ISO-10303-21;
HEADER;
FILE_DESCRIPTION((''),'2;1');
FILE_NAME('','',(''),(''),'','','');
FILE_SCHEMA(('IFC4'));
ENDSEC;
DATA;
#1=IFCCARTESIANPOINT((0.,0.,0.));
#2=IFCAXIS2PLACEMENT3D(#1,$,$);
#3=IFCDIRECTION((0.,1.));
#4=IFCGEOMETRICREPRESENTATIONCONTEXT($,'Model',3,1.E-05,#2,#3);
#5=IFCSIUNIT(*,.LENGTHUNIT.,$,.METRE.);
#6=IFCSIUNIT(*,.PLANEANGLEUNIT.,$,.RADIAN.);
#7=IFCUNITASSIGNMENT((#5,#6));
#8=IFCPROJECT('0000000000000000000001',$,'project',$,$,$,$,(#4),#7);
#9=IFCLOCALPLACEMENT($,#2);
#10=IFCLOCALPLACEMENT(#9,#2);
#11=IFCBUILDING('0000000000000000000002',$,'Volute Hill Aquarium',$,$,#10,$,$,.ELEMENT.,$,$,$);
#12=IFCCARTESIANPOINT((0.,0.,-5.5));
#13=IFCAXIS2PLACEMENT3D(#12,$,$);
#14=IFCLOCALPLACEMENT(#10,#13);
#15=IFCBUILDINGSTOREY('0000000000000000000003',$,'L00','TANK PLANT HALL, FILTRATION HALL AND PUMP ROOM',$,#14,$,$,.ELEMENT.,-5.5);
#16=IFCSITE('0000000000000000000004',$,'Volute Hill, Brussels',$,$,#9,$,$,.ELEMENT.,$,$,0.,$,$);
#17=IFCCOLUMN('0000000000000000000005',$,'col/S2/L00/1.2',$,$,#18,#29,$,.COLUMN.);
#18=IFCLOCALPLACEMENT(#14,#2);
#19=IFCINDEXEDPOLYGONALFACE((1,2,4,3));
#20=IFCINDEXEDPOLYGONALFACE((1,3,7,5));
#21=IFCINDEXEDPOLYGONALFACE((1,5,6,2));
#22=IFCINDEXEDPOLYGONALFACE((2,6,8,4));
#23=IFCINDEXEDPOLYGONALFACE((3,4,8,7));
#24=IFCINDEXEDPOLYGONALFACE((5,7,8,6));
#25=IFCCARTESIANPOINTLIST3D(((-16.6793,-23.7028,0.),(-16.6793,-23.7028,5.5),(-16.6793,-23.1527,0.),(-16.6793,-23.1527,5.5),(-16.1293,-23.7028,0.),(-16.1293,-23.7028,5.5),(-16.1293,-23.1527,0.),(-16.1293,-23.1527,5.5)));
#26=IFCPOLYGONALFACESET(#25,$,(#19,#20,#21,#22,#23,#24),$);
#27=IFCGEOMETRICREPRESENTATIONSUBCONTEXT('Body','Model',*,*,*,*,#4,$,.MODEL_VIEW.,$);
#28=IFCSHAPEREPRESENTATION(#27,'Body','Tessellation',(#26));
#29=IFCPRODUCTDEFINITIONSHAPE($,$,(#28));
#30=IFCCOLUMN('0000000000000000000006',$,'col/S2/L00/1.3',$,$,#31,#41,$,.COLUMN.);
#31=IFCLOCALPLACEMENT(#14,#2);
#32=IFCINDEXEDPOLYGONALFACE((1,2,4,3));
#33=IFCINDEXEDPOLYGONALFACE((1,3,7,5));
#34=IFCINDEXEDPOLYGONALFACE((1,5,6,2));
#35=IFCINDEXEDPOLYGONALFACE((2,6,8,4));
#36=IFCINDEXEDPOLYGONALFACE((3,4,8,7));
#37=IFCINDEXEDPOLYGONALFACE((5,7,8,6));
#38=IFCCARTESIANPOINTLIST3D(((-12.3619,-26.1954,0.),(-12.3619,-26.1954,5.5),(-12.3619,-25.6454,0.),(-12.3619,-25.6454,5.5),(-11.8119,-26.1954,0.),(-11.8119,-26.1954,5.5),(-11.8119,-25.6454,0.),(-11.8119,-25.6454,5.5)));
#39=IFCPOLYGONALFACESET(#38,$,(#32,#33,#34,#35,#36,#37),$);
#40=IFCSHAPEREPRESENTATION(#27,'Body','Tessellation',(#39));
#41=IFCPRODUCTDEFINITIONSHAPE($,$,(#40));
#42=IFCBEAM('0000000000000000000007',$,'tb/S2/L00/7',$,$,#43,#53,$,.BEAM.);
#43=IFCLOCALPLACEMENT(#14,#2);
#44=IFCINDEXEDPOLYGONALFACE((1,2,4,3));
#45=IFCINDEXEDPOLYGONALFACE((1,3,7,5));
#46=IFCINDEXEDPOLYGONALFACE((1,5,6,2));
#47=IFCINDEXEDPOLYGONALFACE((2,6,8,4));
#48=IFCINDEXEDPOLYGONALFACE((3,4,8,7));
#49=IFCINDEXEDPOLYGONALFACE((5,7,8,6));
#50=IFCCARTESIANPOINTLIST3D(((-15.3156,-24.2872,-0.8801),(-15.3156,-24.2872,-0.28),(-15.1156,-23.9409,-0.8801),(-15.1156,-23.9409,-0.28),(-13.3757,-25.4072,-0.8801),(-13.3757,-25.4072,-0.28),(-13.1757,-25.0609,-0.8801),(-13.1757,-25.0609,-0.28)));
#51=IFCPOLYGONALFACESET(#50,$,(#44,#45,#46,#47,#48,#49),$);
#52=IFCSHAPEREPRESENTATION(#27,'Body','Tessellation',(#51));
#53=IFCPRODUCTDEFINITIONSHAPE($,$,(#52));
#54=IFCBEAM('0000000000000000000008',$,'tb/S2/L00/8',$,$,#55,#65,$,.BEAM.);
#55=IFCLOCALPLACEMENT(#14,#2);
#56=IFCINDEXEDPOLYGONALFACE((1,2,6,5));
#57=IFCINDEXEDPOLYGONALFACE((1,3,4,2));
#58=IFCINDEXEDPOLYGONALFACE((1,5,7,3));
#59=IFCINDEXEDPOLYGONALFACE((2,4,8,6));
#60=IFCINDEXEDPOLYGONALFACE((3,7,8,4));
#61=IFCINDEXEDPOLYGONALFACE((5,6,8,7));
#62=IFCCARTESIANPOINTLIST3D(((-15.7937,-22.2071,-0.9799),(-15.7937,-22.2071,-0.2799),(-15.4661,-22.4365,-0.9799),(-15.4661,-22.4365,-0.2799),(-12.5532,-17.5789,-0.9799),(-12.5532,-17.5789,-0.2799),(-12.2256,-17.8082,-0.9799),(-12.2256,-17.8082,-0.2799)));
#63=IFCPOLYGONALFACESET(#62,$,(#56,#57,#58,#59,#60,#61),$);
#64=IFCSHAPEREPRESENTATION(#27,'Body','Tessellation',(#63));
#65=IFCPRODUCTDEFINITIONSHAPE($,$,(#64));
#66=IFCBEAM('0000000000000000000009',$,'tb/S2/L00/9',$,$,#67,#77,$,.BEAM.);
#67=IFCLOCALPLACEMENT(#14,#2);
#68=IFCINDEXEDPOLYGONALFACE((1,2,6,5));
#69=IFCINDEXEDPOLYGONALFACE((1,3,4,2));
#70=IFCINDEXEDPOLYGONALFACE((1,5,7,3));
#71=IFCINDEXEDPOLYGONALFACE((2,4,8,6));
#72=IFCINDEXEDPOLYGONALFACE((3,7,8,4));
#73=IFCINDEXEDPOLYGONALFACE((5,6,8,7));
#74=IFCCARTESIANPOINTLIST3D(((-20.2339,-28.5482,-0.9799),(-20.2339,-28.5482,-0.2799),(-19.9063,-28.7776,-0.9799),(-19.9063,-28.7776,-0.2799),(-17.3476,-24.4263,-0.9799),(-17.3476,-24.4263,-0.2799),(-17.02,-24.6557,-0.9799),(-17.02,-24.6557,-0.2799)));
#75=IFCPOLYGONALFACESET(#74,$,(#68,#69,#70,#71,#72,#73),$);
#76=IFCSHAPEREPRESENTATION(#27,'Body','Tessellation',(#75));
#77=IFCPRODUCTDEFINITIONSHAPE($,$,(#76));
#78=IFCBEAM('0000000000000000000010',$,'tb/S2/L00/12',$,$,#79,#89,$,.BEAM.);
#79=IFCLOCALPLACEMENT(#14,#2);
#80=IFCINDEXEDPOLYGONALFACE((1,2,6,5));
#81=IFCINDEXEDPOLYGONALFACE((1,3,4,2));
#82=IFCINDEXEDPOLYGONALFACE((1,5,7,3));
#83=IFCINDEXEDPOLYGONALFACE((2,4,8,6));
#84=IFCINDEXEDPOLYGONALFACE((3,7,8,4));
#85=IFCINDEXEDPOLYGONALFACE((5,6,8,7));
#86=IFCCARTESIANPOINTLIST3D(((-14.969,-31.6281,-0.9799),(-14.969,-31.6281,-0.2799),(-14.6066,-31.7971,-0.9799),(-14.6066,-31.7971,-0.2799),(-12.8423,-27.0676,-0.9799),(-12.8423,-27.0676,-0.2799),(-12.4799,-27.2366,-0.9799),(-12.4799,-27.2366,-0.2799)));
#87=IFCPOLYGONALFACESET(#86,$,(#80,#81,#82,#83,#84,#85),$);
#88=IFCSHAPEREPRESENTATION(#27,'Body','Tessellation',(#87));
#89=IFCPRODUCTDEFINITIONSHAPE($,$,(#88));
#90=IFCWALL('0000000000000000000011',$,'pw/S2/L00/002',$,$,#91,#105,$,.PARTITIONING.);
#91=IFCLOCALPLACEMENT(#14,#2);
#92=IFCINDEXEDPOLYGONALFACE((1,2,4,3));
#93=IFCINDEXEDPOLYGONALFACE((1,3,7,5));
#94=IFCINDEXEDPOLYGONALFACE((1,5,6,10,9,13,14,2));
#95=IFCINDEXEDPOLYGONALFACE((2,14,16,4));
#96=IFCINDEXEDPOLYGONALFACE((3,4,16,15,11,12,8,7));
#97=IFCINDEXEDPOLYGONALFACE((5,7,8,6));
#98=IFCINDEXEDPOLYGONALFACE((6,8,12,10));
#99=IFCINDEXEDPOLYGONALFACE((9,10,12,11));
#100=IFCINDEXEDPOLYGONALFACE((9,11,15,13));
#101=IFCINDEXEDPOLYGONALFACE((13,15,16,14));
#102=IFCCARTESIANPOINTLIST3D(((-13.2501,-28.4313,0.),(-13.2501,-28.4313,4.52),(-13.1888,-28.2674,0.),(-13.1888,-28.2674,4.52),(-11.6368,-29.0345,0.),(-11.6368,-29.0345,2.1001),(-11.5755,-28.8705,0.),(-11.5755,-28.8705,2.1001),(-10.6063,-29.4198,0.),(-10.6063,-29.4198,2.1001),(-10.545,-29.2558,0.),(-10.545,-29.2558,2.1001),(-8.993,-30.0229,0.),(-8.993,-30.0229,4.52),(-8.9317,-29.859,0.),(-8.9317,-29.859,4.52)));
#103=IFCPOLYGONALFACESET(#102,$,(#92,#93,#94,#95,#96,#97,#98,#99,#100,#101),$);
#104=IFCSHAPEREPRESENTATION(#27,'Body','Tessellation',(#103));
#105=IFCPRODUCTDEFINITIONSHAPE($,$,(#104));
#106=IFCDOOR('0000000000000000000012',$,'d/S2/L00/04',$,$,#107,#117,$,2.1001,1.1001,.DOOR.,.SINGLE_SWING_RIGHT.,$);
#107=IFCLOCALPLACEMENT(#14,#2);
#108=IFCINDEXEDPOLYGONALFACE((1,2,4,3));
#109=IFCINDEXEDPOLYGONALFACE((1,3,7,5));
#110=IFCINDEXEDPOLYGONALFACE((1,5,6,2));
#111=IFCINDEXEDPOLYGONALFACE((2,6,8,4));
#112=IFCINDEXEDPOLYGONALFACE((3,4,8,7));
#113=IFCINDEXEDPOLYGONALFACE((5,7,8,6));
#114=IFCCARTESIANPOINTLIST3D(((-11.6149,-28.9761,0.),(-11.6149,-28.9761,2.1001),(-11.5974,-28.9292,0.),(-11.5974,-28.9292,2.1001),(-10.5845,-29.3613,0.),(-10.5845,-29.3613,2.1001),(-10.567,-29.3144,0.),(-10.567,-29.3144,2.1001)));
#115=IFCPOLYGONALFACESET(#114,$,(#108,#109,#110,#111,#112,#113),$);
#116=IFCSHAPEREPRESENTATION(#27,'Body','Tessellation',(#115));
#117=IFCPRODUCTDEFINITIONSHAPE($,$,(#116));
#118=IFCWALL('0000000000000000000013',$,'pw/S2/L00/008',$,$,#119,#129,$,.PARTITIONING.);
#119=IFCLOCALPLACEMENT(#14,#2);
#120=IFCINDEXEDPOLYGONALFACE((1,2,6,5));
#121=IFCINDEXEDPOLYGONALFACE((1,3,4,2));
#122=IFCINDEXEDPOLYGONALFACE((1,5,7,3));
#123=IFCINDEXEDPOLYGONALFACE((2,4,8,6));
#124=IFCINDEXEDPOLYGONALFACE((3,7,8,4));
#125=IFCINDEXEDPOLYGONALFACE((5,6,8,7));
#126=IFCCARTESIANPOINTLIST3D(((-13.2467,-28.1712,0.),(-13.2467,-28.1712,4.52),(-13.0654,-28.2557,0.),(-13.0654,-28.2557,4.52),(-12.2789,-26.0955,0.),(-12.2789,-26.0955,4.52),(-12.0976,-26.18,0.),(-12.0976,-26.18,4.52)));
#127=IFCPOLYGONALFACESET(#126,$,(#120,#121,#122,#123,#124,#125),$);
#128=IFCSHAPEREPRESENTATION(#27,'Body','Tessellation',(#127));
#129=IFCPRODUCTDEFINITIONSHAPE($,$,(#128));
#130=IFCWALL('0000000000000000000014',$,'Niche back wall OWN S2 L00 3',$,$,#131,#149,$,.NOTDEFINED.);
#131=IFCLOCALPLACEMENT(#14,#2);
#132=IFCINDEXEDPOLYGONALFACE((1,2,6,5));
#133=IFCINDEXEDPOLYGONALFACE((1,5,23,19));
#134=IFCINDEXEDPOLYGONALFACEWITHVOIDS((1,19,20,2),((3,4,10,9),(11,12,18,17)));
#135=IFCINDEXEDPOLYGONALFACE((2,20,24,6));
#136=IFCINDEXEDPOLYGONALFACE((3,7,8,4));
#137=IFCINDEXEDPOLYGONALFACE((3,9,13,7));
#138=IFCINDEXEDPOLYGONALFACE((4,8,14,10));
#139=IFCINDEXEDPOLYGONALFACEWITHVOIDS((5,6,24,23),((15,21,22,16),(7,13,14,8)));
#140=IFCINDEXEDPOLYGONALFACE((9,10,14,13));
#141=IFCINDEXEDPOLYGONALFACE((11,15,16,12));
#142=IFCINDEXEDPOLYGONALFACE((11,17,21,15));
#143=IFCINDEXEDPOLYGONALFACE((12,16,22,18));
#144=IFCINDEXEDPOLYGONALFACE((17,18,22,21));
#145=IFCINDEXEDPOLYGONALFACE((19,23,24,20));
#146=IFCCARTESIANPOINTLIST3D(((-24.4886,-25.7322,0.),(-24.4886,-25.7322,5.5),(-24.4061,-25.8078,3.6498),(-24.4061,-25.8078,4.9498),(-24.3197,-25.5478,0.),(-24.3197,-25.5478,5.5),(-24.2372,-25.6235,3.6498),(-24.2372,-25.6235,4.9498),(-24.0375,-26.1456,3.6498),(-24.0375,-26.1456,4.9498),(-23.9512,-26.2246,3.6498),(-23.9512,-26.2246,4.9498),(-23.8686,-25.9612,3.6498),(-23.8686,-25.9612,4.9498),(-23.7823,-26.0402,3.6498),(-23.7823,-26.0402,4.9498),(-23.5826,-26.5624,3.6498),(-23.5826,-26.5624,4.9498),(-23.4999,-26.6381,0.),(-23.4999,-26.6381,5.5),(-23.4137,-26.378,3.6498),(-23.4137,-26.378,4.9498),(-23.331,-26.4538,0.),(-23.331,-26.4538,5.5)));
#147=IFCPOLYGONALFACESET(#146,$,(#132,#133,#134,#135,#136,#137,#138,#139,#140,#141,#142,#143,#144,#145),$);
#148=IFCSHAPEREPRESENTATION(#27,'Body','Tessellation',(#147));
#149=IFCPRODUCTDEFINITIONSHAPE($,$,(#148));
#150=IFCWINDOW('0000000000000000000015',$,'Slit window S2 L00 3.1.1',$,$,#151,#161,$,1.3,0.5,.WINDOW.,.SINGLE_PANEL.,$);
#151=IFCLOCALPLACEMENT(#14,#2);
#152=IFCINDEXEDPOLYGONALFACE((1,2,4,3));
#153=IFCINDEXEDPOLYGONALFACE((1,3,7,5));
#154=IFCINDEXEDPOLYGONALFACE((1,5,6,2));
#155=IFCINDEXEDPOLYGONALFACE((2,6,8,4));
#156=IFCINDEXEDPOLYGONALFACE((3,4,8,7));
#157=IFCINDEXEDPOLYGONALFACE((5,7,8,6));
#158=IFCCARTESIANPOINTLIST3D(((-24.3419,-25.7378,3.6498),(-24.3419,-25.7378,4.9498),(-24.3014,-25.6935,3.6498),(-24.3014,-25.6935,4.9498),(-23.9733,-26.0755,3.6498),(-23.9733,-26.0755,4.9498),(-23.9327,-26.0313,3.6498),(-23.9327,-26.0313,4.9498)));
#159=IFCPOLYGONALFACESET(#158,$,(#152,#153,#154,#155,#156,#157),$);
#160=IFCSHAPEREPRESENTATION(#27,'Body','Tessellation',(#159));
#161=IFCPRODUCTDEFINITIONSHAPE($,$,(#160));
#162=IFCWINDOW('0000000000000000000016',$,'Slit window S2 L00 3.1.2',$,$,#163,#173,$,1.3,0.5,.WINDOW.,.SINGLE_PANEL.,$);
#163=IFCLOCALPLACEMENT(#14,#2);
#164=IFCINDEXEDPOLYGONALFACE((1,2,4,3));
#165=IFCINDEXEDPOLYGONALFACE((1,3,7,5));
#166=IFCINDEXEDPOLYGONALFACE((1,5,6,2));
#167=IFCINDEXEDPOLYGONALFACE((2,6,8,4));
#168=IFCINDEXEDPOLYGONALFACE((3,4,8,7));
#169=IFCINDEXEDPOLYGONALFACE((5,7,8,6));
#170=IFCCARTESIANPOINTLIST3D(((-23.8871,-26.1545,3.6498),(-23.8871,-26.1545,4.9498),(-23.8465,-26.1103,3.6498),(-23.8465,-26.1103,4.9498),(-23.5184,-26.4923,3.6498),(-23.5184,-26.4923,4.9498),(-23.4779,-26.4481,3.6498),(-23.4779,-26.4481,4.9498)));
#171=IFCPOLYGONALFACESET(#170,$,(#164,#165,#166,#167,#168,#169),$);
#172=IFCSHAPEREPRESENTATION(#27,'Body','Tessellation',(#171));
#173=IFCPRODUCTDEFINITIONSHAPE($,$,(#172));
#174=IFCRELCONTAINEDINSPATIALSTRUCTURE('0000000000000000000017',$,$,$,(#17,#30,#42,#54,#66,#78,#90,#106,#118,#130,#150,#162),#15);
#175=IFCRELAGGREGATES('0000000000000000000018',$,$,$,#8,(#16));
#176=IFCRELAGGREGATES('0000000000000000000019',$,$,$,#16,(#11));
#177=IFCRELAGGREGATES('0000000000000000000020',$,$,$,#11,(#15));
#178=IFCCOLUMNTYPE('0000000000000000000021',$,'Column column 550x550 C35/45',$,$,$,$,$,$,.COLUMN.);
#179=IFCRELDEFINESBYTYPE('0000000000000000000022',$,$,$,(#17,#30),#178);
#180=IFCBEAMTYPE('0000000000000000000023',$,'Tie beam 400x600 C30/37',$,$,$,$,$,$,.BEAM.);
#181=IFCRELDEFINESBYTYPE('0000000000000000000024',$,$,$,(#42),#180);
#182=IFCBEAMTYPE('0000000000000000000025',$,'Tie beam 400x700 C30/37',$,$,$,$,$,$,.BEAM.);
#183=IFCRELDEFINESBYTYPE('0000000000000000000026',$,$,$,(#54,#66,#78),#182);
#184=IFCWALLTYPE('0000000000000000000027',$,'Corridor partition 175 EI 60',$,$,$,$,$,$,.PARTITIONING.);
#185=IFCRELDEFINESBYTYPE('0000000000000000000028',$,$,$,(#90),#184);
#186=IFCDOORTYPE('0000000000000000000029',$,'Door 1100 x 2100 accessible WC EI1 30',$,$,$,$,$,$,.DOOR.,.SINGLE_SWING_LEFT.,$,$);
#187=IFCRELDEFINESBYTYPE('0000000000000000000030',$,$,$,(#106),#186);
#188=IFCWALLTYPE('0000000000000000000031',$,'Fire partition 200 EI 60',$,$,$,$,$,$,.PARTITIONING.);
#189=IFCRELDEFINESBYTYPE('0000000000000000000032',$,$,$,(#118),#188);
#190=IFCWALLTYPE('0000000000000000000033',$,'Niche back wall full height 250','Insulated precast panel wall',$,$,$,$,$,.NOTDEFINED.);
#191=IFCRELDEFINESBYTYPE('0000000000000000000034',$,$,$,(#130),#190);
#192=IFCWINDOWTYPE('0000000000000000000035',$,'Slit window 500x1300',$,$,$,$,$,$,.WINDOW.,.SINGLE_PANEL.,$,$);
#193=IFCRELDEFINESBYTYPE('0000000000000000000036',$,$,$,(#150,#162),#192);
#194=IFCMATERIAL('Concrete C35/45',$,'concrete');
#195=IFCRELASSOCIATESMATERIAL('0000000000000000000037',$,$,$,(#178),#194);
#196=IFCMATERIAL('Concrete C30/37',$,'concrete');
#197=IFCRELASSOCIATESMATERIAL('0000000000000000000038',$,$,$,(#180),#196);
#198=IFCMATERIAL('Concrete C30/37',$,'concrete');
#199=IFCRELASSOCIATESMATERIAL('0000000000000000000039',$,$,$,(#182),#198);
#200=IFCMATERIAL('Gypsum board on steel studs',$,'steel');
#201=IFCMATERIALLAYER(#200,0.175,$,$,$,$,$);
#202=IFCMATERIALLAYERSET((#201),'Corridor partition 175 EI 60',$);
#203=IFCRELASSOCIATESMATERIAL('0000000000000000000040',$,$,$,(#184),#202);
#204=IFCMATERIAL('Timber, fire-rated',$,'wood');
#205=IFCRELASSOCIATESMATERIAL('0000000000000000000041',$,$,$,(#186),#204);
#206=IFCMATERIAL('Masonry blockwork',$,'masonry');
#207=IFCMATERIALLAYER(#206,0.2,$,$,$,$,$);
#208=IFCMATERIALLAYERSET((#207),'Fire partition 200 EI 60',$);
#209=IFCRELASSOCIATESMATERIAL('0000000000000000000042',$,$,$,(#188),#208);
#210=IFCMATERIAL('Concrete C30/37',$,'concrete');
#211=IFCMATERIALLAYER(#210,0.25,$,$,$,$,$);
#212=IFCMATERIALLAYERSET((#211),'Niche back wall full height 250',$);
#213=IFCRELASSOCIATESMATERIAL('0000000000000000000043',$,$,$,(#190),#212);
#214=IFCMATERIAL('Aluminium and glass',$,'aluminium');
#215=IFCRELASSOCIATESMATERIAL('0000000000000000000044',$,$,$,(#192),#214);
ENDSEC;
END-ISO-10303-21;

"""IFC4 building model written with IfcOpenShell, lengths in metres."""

from ifc_helpers import new_model, si_unit, direction, frame, frame_2d, origin, origin_2d, place, context, subcontext, project, spatial, rectangle, extrude, material, layer, layer_set, material_profile, profile_set, type_object, element, fill, save


model = new_model("IFC4")

# Units and contexts
model_context = context("Model", 3, precision=1e-05, world=origin(), true_north=direction((0.0, 1.0)))
body_context = subcontext(model_context, "Body", "Model", "MODEL_VIEW")
ifc_project = project(units=[si_unit("LENGTHUNIT", "METRE"), si_unit("PLANEANGLEUNIT", "RADIAN")], contexts=[model_context])

# Site, building, storey
site_placement = place(None, origin())
site = spatial("IfcSite", under=ifc_project, at=site_placement, Name="Volute Hill, Brussels", CompositionType="ELEMENT", RefElevation=0.0)
building_placement = place(site_placement, origin())
building = spatial("IfcBuilding", under=site, at=building_placement, Name="Volute Hill Aquarium", CompositionType="ELEMENT")
storey_placement = place(building_placement, frame((0.0, 0.0, -5.5)))
storey = spatial("IfcBuildingStorey", under=building, at=storey_placement, Name="L00", Description="TANK PLANT HALL, FILTRATION HALL AND PUMP ROOM", CompositionType="ELEMENT", Elevation=-5.5)

# Columns
ifc_material_1 = material(Name="Concrete C35/45", Category="concrete")
ifc_material_profile_1 = material_profile(ifc_material_1, rectangle(XDim=0.55, YDim=0.55, at=origin_2d()), Name="RC column 550x550")
ifc_profile_set_1 = profile_set([ifc_material_profile_1], Name="Concrete C35/45")
column_type = type_object("IfcColumnType", Name="Column column 550x550 C35/45", PredefinedType="COLUMN", material=ifc_profile_set_1)
for number, where, z_axis, x_axis, name in (
    (1, (-16.4043, -23.4277, 0.0), (0.0, 0.0, 1.0), (1.0, 0.0, 0.0), "col/S2/L00/1.2"),
    (2, (-12.0869, -25.9204, 0.0), (0.0, 0.0, 1.0), (1.0, 0.0, 0.0), "col/S2/L00/1.3"),
):
    element("IfcColumn", number, at=place(storey_placement, frame(where, z_axis=z_axis, x_axis=x_axis)), inside=storey, type_object=column_type, Name=name, PredefinedType="COLUMN", context=body_context, shape_type="SweptSolid", body=[
        extrude(rectangle(XDim=0.55, YDim=0.55, at=origin_2d()), origin(), (0.0, 0.0, 1.0), 5.5),
    ])

# Beams
ifc_material_2 = material(Name="Concrete C30/37", Category="concrete")
ifc_material_profile_2 = material_profile(ifc_material_2, rectangle(XDim=0.3999, YDim=0.6001, at=origin_2d()), Name="RC tie beam 400x600")
ifc_profile_set_2 = profile_set([ifc_material_profile_2], Name="Concrete C30/37")
beam_type_1 = type_object("IfcBeamType", Name="Tie beam 400x600 C30/37", PredefinedType="BEAM", material=ifc_profile_set_2)
beam_1_placement = place(storey_placement, frame((-15.2156, -24.114, -0.5801), z_axis=(0.866008, -0.500031, 0.0), x_axis=(0.500031, 0.866008, 0.0)))
element("IfcBeam", 3, at=beam_1_placement, inside=storey, type_object=beam_type_1, Name="tb/S2/L00/7", PredefinedType="BEAM", context=body_context, shape_type="SweptSolid", body=[
    extrude(rectangle(XDim=0.3999, YDim=0.6001, at=origin_2d()), origin(), (0.0, 0.0, 1.0), 2.24),
])
ifc_material_3 = material(Name="Concrete C30/37", Category="concrete")
ifc_material_profile_3 = material_profile(ifc_material_3, rectangle(XDim=0.3999, YDim=0.7, at=origin_2d()), Name="RC tie beam 400x700")
ifc_profile_set_3 = profile_set([ifc_material_profile_3], Name="Concrete C30/37")
beam_type_2 = type_object("IfcBeamType", Name="Tie beam 400x700 C30/37", PredefinedType="BEAM", material=ifc_profile_set_3)
beam_2_placement = place(storey_placement, frame((-15.6299, -22.3218, -0.6299), z_axis=(0.573552, 0.819169, 0.0), x_axis=(-0.819169, 0.573552, 0.0)))
element("IfcBeam", 4, at=beam_2_placement, inside=storey, type_object=beam_type_2, Name="tb/S2/L00/8", PredefinedType="BEAM", context=body_context, shape_type="SweptSolid", body=[
    extrude(rectangle(XDim=0.3999, YDim=0.7, at=origin_2d()), origin(), (0.0, 0.0, 1.0), 5.6499),
])
for number, where, z_axis, x_axis, name in (
    (5, (-17.1838, -24.541, -0.6299), (-0.573589, -0.819143, 0.0), (0.819143, -0.573589, 0.0), "tb/S2/L00/9"),
    (6, (-12.6611, -27.1521, -0.6299), (-0.422633, -0.906301, 0.0), (0.906301, -0.422633, 0.0), "tb/S2/L00/12"),
):
    element("IfcBeam", number, at=place(storey_placement, frame(where, z_axis=z_axis, x_axis=x_axis)), inside=storey, type_object=beam_type_2, Name=name, PredefinedType="BEAM", context=body_context, shape_type="SweptSolid", body=[
        extrude(rectangle(XDim=0.3999, YDim=0.7, at=origin_2d()), origin(), (0.0, 0.0, 1.0), 5.032),
    ])

# Wall, opening, door
ifc_material_4 = material(Name="Gypsum board on steel studs", Category="steel")
ifc_layer_1 = layer(ifc_material_4, 0.175)
ifc_layer_set_1 = layer_set([ifc_layer_1], Name="Corridor partition 175 EI 60")
wall_type_1 = type_object("IfcWallType", Name="Corridor partition 175 EI 60", PredefinedType="PARTITIONING", material=ifc_layer_set_1)
wall_1_placement = place(storey_placement, frame((-13.2195, -28.3494, 0.0), z_axis=(0.0, 0.0, 1.0), x_axis=(0.93668, -0.350187, 0.0)))
wall_1 = element("IfcWall", 7, at=wall_1_placement, inside=storey, type_object=wall_type_1, Name="pw/S2/L00/002", PredefinedType="PARTITIONING", context=body_context, shape_type="SweptSolid", body=[
    extrude(rectangle(XDim=4.5449, YDim=0.175, at=frame_2d((2.2725, 0.0))), origin(), (0.0, 0.0, 1.0), 4.52),
])
opening_1_placement = place(wall_1_placement, frame((1.7224, 0.0, 0.0)))
opening_1 = element("IfcOpeningElement", 8, at=opening_1_placement, cuts=wall_1, PredefinedType="OPENING", context=body_context, shape_type="SweptSolid", body=[
    extrude(rectangle(XDim=1.1001, YDim=2.1001, at=frame_2d((0.55, 1.05))), frame((0.0, 0.0974, 0.0), z_axis=(0.0, -1.0, 0.0), x_axis=(1.0, 0.0, 0.0)), (0.0, 0.0, 1.0), 0.1951),
])
ifc_material_5 = material(Name="Timber, fire-rated", Category="wood")
door_type = type_object("IfcDoorType", Name="Door 1100 x 2100 accessible WC EI1 30", OperationType="SINGLE_SWING_LEFT", PredefinedType="DOOR", material=ifc_material_5)
door_placement = place(opening_1_placement, origin())
door = element("IfcDoor", 9, at=door_placement, inside=storey, type_object=door_type, Name="d/S2/L00/04", OperationType="SINGLE_SWING_RIGHT", OverallHeight=2.1001, OverallWidth=1.1001, PredefinedType="DOOR", context=body_context, shape_type="SweptSolid", body=[
    extrude(rectangle(XDim=1.1001, YDim=2.1001, at=frame_2d((0.55, 1.05))), frame((0.0, 0.0249, 0.0), z_axis=(0.0, -1.0, 0.0), x_axis=(1.0, 0.0, 0.0)), (0.0, 0.0, 1.0), 0.05),
])
fill(opening_1, door)

# Wall
ifc_material_6 = material(Name="Masonry blockwork", Category="masonry")
ifc_layer_2 = layer(ifc_material_6, 0.2)
ifc_layer_set_2 = layer_set([ifc_layer_2], Name="Fire partition 200 EI 60")
wall_type_2 = type_object("IfcWallType", Name="Fire partition 200 EI 60", PredefinedType="PARTITIONING", material=ifc_layer_set_2)
wall_2_placement = place(storey_placement, frame((-13.156, -28.2134, 0.0), z_axis=(0.0, 0.0, 1.0), x_axis=(0.42257, 0.90633, 0.0)))
element("IfcWall", 10, at=wall_2_placement, inside=storey, type_object=wall_type_2, Name="pw/S2/L00/008", PredefinedType="PARTITIONING", context=body_context, shape_type="SweptSolid", body=[
    extrude(rectangle(XDim=2.2903, YDim=0.2, at=frame_2d((1.145, 0.0))), origin(), (0.0, 0.0, 1.0), 4.52),
])

# Wall, openings, windows
ifc_material_7 = material(Name="Concrete C30/37", Category="concrete")
ifc_layer_3 = layer(ifc_material_7, 0.25)
ifc_layer_set_3 = layer_set([ifc_layer_3], Name="Niche back wall full height 250")
wall_type_3 = type_object("IfcWallType", Name="Niche back wall full height 250", Description="Insulated precast panel wall", PredefinedType="NOTDEFINED", material=ifc_layer_set_3)
wall_3_placement = place(storey_placement, frame((-23.4155, -26.5459, 0.0), z_axis=(0.0, 0.0, 1.0), x_axis=(-0.73729, 0.675576, 0.0)))
wall_3 = element("IfcWall", 11, at=wall_3_placement, inside=storey, type_object=wall_type_3, Name="Niche back wall OWN S2 L00 3", PredefinedType="NOTDEFINED", context=body_context, shape_type="SweptSolid", body=[
    extrude(rectangle(XDim=1.3411, YDim=0.25, at=frame_2d((0.6704, 0.0))), origin(), (0.0, 0.0, 1.0), 5.5),
])
opening_2_placement = place(wall_3_placement, frame((0.729, 0.0, 3.6499)))
opening_2 = element("IfcOpeningElement", 12, at=opening_2_placement, cuts=wall_3, PredefinedType="OPENING", context=body_context, shape_type="SweptSolid", body=[
    extrude(rectangle(XDim=0.5, YDim=1.3, at=frame_2d((0.25, 0.6499))), frame((0.0, 0.135, 0.0), z_axis=(0.0, -1.0, 0.0), x_axis=(1.0, 0.0, 0.0)), (0.0, 0.0, 1.0), 0.27),
])
opening_3_placement = place(wall_3_placement, frame((0.1121, 0.0, 3.6499)))
opening_3 = element("IfcOpeningElement", 13, at=opening_3_placement, cuts=wall_3, PredefinedType="OPENING", context=body_context, shape_type="SweptSolid", body=[
    extrude(rectangle(XDim=0.5, YDim=1.3, at=frame_2d((0.25, 0.6499))), frame((0.0, 0.135, 0.0), z_axis=(0.0, -1.0, 0.0), x_axis=(1.0, 0.0, 0.0)), (0.0, 0.0, 1.0), 0.27),
])
ifc_material_8 = material(Name="Aluminium and glass", Category="aluminium")
window_type = type_object("IfcWindowType", Name="Slit window 500x1300", PartitioningType="SINGLE_PANEL", PredefinedType="WINDOW", material=ifc_material_8)
window_1_placement = place(opening_2_placement, origin())
window_1 = element("IfcWindow", 14, at=window_1_placement, inside=storey, type_object=window_type, Name="Slit window S2 L00 3.1.1", OverallHeight=1.3, OverallWidth=0.5, PartitioningType="SINGLE_PANEL", PredefinedType="WINDOW", context=body_context, shape_type="SweptSolid", body=[
    extrude(rectangle(XDim=0.5, YDim=1.3, at=frame_2d((0.25, 0.6499))), frame((0.0, 0.03, 0.0), z_axis=(0.0, -1.0, 0.0), x_axis=(1.0, 0.0, 0.0)), (0.0, 0.0, 1.0), 0.0601),
])
fill(opening_2, window_1)
window_2_placement = place(opening_3_placement, origin())
window_2 = element("IfcWindow", 15, at=window_2_placement, inside=storey, type_object=window_type, Name="Slit window S2 L00 3.1.2", OverallHeight=1.3, OverallWidth=0.5, PartitioningType="SINGLE_PANEL", PredefinedType="WINDOW", context=body_context, shape_type="SweptSolid", body=[
    extrude(rectangle(XDim=0.5, YDim=1.3, at=frame_2d((0.25, 0.6499))), frame((0.0, 0.03, 0.0), z_axis=(0.0, -1.0, 0.0), x_axis=(1.0, 0.0, 0.0)), (0.0, 0.0, 1.0), 0.0601),
])
fill(opening_3, window_2)

save(model, "model.ifc")
